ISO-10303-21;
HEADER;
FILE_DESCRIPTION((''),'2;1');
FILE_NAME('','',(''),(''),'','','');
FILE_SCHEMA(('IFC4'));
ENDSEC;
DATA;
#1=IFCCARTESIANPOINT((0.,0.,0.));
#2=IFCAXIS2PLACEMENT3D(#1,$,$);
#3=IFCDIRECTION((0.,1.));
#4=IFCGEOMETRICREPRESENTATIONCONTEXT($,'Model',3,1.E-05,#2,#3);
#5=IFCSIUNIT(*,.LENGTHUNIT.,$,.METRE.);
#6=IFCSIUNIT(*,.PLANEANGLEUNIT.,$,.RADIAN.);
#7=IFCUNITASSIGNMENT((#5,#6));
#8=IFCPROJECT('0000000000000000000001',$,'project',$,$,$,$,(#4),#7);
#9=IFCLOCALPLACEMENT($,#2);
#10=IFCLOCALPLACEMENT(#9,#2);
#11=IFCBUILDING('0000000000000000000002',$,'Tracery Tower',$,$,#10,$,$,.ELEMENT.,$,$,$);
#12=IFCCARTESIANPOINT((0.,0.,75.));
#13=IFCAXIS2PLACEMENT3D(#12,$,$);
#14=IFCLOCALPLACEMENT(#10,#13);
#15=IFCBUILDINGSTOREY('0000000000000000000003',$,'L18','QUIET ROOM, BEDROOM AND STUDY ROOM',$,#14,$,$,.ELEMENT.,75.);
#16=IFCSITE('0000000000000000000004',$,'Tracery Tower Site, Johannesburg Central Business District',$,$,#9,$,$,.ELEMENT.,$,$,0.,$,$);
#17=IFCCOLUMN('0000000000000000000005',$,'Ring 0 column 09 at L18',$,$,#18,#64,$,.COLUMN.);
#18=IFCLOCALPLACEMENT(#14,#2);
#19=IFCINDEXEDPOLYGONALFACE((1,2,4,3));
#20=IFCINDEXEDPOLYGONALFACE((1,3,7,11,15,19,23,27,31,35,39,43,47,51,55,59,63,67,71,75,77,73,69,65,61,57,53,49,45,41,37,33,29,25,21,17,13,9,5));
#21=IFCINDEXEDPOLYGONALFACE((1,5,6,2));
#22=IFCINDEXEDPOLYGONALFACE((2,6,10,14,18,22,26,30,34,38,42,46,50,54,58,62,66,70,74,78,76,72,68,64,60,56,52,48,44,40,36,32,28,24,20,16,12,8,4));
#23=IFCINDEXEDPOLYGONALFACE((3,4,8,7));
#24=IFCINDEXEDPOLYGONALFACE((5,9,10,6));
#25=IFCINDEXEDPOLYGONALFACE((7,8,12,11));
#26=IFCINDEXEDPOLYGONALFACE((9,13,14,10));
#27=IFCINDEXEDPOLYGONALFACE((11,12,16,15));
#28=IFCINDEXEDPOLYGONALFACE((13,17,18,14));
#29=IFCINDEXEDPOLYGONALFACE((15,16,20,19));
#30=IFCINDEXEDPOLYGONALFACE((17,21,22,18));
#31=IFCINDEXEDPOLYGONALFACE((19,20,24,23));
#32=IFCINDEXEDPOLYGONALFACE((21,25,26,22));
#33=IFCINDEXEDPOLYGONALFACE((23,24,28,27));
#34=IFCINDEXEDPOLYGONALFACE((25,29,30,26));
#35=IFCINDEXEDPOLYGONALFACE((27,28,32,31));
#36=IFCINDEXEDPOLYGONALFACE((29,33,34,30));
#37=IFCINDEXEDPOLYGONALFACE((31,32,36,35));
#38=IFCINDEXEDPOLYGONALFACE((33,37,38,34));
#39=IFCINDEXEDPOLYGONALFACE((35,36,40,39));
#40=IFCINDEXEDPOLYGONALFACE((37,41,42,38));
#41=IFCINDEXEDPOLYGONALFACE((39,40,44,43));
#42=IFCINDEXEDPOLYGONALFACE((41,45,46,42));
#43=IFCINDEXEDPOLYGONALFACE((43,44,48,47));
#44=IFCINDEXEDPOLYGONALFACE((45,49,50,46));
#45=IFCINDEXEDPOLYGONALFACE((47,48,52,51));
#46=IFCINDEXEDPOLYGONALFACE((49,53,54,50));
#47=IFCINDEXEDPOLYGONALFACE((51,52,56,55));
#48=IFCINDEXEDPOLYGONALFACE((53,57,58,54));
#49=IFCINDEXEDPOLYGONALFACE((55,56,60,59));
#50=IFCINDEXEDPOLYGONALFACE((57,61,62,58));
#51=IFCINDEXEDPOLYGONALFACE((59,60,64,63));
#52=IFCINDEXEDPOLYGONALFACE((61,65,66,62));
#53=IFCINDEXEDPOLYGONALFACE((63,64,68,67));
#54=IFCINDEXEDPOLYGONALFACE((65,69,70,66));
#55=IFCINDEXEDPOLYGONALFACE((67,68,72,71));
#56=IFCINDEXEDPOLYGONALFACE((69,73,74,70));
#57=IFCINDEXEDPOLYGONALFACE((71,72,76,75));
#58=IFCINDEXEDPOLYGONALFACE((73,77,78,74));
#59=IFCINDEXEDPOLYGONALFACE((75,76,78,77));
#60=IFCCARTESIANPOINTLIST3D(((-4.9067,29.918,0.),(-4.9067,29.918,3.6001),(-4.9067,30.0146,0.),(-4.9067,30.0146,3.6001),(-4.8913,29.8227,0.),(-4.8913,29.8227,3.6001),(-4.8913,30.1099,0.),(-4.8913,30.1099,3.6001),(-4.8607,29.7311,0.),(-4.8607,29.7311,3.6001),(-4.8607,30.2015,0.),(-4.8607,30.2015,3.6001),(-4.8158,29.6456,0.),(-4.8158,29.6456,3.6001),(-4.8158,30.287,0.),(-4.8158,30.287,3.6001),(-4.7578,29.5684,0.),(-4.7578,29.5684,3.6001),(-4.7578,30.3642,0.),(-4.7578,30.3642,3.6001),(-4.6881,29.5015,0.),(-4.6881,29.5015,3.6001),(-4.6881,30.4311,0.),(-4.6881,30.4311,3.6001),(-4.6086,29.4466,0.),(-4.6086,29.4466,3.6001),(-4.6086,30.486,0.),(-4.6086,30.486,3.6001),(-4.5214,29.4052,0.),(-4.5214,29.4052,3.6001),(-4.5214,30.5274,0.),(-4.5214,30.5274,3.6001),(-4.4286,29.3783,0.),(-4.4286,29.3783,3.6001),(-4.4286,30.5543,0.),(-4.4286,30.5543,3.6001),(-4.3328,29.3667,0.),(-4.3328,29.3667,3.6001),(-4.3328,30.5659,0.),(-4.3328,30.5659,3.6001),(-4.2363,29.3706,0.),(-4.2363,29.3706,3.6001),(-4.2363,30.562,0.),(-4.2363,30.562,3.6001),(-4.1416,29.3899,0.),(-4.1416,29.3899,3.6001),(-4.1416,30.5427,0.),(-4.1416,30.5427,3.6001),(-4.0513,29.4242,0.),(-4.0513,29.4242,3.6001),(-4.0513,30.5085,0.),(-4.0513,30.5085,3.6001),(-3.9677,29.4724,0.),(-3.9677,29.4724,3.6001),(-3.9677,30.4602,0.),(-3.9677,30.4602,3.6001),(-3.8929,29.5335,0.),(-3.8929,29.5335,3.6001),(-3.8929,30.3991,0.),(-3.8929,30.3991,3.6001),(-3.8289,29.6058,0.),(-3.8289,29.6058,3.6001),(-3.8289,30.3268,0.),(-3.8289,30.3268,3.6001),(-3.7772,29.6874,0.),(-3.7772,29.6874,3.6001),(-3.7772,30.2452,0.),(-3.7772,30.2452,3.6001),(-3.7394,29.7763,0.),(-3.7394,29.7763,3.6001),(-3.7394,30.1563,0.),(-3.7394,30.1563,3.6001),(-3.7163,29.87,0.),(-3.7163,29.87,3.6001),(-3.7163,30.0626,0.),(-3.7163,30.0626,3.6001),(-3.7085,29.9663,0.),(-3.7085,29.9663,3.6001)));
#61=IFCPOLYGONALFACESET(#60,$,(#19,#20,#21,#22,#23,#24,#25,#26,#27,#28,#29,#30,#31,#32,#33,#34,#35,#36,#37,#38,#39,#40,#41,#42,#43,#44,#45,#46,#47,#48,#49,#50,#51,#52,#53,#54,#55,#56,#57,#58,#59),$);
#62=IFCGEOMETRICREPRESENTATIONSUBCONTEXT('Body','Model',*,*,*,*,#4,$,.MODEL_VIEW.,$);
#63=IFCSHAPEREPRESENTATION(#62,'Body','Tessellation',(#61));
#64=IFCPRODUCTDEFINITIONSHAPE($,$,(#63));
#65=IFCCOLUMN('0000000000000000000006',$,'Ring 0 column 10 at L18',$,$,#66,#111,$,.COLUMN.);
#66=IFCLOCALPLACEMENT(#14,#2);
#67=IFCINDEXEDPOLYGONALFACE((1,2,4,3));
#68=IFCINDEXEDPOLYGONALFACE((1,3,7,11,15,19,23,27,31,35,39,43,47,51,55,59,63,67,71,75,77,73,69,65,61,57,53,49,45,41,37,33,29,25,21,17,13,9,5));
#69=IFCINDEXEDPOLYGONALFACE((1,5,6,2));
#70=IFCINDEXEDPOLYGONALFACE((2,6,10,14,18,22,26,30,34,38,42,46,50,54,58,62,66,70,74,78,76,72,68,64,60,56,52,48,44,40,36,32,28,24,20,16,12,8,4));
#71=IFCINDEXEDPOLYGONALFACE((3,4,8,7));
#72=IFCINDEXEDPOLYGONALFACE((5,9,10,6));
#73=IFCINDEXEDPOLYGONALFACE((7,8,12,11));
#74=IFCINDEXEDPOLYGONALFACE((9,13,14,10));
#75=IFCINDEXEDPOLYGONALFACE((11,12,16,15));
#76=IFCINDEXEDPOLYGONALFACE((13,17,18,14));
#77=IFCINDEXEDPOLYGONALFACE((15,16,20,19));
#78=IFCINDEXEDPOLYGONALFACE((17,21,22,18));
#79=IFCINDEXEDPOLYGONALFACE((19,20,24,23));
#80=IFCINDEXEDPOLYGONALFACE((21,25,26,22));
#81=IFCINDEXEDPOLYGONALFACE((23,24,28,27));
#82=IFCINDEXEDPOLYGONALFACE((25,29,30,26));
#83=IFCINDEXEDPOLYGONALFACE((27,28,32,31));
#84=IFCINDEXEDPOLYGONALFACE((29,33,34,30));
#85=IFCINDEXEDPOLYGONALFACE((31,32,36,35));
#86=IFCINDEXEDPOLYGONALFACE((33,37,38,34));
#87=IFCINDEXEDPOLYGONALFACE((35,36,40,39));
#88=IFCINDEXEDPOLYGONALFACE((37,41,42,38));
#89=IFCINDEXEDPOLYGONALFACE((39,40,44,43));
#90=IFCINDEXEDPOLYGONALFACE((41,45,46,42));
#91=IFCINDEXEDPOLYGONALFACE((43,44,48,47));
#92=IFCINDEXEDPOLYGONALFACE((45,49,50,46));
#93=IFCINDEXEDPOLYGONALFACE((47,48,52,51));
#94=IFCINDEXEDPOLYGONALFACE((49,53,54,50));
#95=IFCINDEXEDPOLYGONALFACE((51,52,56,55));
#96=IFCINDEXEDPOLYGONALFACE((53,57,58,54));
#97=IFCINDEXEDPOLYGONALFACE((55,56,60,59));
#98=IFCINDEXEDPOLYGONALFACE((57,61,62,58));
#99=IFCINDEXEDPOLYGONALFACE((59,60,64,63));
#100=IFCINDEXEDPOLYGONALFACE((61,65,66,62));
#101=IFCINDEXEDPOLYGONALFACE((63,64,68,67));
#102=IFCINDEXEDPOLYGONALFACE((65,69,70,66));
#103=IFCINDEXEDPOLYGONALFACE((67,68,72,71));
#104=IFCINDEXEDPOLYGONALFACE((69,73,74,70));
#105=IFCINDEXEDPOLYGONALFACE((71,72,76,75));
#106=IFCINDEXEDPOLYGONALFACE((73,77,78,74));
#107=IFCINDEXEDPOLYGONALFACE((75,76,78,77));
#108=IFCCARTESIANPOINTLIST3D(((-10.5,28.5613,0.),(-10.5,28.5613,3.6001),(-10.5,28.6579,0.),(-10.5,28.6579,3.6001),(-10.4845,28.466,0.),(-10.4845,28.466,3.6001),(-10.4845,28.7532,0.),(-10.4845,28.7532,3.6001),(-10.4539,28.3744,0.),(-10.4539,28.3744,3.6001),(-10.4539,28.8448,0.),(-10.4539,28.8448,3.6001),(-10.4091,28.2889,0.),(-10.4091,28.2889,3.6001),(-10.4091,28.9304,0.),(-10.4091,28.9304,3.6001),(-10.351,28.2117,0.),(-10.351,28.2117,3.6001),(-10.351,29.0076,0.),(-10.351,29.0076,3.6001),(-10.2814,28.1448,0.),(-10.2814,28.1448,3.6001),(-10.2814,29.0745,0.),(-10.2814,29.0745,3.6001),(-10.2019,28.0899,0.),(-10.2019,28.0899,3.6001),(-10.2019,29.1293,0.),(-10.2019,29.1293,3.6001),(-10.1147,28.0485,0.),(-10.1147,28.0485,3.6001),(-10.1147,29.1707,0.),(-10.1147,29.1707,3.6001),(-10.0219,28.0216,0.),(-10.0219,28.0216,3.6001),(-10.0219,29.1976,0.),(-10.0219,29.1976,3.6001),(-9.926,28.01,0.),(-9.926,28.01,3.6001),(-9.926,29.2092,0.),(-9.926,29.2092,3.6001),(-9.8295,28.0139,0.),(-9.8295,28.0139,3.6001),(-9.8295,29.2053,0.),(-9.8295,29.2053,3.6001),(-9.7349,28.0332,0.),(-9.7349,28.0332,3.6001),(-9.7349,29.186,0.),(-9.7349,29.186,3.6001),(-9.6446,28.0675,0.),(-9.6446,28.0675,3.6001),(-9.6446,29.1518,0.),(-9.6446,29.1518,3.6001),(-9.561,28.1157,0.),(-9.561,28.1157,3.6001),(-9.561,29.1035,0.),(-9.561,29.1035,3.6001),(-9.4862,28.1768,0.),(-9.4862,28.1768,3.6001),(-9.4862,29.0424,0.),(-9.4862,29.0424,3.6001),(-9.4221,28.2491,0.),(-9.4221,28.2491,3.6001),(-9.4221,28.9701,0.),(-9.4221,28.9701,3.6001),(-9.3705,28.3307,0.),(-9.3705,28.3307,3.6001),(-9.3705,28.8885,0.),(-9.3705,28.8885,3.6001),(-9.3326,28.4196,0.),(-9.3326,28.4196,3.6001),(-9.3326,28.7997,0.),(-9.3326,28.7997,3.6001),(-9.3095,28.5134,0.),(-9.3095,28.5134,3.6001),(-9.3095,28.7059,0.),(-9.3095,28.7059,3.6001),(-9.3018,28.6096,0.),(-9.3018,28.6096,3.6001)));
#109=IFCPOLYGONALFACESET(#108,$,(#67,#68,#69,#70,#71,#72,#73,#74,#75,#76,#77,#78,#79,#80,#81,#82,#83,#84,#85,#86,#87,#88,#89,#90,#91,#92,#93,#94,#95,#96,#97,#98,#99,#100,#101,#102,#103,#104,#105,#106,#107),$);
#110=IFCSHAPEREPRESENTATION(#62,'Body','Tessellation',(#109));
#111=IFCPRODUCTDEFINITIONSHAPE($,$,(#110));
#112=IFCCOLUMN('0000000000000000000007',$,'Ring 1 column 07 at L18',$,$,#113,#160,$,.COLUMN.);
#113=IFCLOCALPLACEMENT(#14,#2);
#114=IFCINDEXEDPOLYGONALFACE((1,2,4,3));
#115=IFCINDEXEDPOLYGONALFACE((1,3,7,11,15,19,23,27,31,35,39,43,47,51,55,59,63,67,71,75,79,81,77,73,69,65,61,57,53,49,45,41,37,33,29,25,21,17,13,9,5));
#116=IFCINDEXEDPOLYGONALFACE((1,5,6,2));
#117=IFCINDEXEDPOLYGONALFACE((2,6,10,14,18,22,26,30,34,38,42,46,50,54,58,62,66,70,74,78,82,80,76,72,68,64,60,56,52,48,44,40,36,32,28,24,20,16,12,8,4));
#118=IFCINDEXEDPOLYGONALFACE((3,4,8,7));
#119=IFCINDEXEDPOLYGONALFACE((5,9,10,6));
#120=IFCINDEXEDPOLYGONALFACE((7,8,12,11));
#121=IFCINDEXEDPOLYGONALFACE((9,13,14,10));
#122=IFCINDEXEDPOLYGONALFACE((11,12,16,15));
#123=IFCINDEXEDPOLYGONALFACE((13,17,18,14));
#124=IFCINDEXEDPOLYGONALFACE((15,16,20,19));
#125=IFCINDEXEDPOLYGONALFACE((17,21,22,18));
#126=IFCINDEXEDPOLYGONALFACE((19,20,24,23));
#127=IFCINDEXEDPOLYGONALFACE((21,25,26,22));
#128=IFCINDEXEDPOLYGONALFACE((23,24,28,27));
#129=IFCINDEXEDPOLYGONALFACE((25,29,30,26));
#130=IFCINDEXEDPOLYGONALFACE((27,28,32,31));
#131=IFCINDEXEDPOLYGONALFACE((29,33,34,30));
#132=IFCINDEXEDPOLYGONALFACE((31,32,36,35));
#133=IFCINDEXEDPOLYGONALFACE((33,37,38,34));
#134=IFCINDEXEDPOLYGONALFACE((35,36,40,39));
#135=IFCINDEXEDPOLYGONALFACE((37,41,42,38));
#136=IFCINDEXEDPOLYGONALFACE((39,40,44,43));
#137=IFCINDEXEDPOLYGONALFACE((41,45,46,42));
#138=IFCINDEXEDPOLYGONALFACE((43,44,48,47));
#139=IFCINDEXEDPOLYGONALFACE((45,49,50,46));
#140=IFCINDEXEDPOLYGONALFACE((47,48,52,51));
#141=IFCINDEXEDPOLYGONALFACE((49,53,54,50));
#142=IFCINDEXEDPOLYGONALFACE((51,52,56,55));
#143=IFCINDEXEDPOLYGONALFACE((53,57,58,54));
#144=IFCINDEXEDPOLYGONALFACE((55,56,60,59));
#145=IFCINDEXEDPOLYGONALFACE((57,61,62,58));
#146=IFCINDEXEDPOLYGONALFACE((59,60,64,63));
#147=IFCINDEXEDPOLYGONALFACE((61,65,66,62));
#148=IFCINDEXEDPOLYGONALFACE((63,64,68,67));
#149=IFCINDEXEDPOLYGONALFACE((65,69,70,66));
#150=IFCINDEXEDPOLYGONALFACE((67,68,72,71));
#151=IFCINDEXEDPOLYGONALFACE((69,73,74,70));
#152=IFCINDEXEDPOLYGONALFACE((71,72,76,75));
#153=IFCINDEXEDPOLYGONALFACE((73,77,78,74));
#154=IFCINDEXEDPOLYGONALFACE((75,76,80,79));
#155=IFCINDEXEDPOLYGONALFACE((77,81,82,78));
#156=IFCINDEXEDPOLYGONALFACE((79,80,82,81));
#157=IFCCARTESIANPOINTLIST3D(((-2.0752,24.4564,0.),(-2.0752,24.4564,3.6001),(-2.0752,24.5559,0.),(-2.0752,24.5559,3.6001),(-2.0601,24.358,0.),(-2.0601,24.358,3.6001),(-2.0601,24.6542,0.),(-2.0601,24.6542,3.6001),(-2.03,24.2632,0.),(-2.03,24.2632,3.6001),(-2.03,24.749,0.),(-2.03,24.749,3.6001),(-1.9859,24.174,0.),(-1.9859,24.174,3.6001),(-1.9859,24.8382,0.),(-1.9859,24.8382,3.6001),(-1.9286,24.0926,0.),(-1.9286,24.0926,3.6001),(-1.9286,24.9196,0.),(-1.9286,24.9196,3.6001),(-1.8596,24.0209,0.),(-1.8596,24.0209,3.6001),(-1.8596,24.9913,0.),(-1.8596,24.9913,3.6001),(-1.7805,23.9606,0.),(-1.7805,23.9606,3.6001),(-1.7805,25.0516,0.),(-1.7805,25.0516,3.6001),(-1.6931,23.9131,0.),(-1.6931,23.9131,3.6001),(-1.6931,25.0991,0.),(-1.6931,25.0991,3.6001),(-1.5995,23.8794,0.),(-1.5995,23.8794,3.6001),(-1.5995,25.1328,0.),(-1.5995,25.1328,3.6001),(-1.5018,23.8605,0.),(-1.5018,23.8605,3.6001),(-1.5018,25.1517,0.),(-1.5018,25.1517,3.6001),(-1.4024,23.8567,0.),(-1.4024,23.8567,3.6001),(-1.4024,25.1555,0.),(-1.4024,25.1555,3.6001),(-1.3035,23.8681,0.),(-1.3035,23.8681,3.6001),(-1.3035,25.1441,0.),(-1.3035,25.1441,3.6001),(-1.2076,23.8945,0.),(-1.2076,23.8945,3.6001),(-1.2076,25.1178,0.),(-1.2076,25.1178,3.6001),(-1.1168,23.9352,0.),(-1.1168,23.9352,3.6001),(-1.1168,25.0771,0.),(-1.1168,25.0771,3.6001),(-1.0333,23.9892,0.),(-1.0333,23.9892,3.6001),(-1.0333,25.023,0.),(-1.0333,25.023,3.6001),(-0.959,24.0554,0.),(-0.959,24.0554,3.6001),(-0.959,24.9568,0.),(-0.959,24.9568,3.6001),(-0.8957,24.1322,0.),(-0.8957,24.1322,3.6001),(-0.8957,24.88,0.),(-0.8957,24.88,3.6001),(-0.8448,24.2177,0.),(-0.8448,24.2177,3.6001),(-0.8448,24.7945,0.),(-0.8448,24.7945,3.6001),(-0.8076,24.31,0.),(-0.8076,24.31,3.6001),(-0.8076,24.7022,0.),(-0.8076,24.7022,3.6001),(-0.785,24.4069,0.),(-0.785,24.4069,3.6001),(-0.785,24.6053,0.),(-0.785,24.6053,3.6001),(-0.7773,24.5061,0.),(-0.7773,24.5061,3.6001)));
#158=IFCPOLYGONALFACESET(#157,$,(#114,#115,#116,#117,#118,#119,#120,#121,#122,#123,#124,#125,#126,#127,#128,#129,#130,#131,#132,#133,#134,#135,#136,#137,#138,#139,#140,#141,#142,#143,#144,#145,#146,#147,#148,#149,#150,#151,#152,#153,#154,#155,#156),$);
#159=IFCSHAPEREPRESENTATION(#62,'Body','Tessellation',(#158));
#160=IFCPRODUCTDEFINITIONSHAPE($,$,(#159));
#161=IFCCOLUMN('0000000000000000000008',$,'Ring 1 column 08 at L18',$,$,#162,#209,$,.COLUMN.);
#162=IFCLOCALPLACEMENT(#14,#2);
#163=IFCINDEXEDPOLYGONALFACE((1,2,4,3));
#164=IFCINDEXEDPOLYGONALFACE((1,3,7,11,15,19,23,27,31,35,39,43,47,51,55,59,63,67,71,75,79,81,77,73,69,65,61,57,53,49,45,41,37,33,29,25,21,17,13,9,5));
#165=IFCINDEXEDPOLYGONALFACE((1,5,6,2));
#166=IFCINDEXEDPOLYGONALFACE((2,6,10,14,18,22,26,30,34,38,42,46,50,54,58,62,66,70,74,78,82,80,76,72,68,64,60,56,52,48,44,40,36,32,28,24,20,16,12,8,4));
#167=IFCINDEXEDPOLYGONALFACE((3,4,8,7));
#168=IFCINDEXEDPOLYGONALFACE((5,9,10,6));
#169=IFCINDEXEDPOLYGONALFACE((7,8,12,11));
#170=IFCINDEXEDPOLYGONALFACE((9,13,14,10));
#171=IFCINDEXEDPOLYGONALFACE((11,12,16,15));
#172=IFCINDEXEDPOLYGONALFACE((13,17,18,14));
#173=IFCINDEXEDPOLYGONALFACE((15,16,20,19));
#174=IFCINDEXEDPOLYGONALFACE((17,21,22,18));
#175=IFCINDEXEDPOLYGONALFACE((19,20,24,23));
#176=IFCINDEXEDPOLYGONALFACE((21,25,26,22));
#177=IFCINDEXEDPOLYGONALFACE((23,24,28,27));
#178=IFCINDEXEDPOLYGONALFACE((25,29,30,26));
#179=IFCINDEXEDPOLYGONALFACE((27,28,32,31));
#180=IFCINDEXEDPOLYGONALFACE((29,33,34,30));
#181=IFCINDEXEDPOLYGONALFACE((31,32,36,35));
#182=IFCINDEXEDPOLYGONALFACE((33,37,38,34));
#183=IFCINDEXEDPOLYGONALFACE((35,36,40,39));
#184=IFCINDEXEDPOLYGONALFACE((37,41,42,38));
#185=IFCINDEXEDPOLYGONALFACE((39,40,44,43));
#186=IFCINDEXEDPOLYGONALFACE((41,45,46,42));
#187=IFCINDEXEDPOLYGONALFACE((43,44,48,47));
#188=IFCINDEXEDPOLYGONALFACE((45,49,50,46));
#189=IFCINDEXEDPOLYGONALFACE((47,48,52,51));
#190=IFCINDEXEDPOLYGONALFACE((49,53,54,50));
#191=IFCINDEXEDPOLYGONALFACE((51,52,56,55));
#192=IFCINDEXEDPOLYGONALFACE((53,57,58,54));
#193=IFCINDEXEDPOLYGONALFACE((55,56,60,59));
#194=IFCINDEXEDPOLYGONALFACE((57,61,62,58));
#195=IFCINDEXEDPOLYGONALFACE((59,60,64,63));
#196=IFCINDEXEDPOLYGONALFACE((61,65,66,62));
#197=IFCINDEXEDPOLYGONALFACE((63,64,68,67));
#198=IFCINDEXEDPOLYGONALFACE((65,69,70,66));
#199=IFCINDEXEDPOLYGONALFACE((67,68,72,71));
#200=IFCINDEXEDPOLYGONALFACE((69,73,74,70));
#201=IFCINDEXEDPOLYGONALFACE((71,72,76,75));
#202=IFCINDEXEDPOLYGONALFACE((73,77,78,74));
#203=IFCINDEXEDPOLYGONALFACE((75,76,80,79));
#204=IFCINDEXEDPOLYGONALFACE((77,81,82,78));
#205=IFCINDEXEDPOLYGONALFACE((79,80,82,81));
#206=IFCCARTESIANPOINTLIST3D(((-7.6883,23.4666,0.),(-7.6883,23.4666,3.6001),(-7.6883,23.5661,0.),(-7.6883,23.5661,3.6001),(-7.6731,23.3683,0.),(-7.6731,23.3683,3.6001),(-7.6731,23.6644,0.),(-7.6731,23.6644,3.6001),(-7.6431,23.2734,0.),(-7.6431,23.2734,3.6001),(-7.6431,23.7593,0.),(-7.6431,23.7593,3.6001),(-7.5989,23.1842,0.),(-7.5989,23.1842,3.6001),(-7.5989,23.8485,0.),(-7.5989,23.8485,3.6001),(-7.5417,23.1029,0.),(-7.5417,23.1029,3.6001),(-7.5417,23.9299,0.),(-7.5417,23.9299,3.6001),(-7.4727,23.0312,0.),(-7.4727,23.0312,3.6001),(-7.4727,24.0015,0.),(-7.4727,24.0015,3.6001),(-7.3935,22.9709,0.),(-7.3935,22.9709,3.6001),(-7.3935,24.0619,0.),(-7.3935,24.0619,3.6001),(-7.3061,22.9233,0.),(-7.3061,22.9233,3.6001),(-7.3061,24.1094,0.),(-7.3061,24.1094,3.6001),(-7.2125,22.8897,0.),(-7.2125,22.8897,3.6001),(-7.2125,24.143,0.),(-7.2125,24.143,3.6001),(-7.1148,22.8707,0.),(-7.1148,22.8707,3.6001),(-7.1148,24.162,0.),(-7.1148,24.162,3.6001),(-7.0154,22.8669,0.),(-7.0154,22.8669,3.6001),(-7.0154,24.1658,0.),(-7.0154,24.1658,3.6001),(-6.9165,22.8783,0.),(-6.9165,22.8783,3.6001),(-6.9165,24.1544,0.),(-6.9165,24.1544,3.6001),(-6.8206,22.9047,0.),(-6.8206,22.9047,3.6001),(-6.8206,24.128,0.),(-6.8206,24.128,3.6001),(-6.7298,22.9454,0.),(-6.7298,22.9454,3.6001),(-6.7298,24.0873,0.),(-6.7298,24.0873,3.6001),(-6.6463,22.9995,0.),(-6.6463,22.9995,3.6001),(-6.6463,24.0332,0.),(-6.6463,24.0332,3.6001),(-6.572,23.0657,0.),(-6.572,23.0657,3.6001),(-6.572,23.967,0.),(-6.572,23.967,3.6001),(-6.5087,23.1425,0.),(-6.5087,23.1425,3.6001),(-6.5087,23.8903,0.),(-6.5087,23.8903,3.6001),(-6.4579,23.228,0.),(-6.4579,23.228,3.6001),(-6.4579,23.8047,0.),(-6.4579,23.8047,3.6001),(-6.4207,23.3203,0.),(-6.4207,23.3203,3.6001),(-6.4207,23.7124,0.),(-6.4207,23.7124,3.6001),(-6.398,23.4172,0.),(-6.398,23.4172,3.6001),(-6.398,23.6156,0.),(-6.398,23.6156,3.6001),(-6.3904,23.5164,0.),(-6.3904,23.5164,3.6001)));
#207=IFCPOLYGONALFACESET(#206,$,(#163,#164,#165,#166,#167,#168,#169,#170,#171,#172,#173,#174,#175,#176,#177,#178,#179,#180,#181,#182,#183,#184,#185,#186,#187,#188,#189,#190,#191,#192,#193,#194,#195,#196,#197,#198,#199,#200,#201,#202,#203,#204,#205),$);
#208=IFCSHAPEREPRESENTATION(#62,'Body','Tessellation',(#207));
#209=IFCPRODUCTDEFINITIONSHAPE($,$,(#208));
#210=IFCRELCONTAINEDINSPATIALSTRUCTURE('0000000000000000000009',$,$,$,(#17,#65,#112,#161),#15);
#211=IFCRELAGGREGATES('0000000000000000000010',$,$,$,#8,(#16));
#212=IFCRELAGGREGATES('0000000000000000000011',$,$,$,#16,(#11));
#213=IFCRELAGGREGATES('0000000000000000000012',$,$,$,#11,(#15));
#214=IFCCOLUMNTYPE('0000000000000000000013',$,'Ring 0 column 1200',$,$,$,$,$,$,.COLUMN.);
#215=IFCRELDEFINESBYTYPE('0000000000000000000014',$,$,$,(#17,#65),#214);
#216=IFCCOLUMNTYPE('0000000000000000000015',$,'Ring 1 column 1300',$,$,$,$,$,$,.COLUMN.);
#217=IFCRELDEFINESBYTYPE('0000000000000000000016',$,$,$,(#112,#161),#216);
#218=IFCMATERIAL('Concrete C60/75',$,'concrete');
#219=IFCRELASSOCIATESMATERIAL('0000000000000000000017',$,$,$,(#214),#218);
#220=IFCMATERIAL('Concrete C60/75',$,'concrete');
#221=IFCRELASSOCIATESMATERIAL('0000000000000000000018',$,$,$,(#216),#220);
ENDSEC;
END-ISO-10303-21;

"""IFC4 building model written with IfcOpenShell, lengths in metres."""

from ifc_helpers import new_model, si_unit, direction, frame, origin, origin_2d, place, context, subcontext, project, spatial, circle, extrude, material, material_profile, profile_set, type_object, element, save


model = new_model("IFC4")

# Units and contexts
model_context = context("Model", 3, precision=1e-05, world=origin(), true_north=direction((0.0, 1.0)))
body_context = subcontext(model_context, "Body", "Model", "MODEL_VIEW")
ifc_project = project(units=[si_unit("LENGTHUNIT", "METRE"), si_unit("PLANEANGLEUNIT", "RADIAN")], contexts=[model_context])

# Site, building, storey
site_placement = place(None, origin())
site = spatial("IfcSite", under=ifc_project, at=site_placement, Name="Tracery Tower Site, Johannesburg Central Business District", CompositionType="ELEMENT", RefElevation=0.0)
building_placement = place(site_placement, origin())
building = spatial("IfcBuilding", under=site, at=building_placement, Name="Tracery Tower", CompositionType="ELEMENT")
storey_placement = place(building_placement, frame((0.0, 0.0, 75.0)))
storey = spatial("IfcBuildingStorey", under=building, at=storey_placement, Name="L18", Description="QUIET ROOM, BEDROOM AND STUDY ROOM", CompositionType="ELEMENT", Elevation=75.0)

# Columns
ifc_material_1 = material(Name="Concrete C60/75", Category="concrete")
ifc_material_profile_1 = material_profile(ifc_material_1, circle(Radius=0.6001, at=origin_2d()), Name="RC D1200")
ifc_profile_set_1 = profile_set([ifc_material_profile_1], Name="Concrete C60/75")
column_type_1 = type_object("IfcColumnType", Name="Ring 0 column 1200", PredefinedType="COLUMN", material=ifc_profile_set_1)
for number, where, z_axis, x_axis, name in (
    (1, (-4.3086, 29.9663, 0.0), (0.0, 0.0, 1.0), (1.0, 0.0, 0.0), "Ring 0 column 09 at L18"),
    (2, (-9.9019, 28.6096, 0.0), (0.0, 0.0, 1.0), (1.0, 0.0, 0.0), "Ring 0 column 10 at L18"),
):
    element("IfcColumn", number, at=place(storey_placement, frame(where, z_axis=z_axis, x_axis=x_axis)), inside=storey, type_object=column_type_1, Name=name, PredefinedType="COLUMN", context=body_context, shape_type="SweptSolid", body=[
        extrude(circle(Radius=0.6001, at=origin_2d()), origin(), (0.0, 0.0, 1.0), 3.6001),
    ])
ifc_material_2 = material(Name="Concrete C60/75", Category="concrete")
ifc_material_profile_2 = material_profile(ifc_material_2, circle(Radius=0.6499, at=origin_2d()), Name="RC D1300")
ifc_profile_set_2 = profile_set([ifc_material_profile_2], Name="Concrete C60/75")
column_type_2 = type_object("IfcColumnType", Name="Ring 1 column 1300", PredefinedType="COLUMN", material=ifc_profile_set_2)
for number, where, z_axis, x_axis, name in (
    (3, (-1.4272, 24.5061, 0.0), (0.0, 0.0, 1.0), (1.0, 0.0, 0.0), "Ring 1 column 07 at L18"),
    (4, (-7.0403, 23.5164, 0.0), (0.0, 0.0, 1.0), (1.0, 0.0, 0.0), "Ring 1 column 08 at L18"),
):
    element("IfcColumn", number, at=place(storey_placement, frame(where, z_axis=z_axis, x_axis=x_axis)), inside=storey, type_object=column_type_2, Name=name, PredefinedType="COLUMN", context=body_context, shape_type="SweptSolid", body=[
        extrude(circle(Radius=0.6499, at=origin_2d()), origin(), (0.0, 0.0, 1.0), 3.6001),
    ])

save(model, "model.ifc")
